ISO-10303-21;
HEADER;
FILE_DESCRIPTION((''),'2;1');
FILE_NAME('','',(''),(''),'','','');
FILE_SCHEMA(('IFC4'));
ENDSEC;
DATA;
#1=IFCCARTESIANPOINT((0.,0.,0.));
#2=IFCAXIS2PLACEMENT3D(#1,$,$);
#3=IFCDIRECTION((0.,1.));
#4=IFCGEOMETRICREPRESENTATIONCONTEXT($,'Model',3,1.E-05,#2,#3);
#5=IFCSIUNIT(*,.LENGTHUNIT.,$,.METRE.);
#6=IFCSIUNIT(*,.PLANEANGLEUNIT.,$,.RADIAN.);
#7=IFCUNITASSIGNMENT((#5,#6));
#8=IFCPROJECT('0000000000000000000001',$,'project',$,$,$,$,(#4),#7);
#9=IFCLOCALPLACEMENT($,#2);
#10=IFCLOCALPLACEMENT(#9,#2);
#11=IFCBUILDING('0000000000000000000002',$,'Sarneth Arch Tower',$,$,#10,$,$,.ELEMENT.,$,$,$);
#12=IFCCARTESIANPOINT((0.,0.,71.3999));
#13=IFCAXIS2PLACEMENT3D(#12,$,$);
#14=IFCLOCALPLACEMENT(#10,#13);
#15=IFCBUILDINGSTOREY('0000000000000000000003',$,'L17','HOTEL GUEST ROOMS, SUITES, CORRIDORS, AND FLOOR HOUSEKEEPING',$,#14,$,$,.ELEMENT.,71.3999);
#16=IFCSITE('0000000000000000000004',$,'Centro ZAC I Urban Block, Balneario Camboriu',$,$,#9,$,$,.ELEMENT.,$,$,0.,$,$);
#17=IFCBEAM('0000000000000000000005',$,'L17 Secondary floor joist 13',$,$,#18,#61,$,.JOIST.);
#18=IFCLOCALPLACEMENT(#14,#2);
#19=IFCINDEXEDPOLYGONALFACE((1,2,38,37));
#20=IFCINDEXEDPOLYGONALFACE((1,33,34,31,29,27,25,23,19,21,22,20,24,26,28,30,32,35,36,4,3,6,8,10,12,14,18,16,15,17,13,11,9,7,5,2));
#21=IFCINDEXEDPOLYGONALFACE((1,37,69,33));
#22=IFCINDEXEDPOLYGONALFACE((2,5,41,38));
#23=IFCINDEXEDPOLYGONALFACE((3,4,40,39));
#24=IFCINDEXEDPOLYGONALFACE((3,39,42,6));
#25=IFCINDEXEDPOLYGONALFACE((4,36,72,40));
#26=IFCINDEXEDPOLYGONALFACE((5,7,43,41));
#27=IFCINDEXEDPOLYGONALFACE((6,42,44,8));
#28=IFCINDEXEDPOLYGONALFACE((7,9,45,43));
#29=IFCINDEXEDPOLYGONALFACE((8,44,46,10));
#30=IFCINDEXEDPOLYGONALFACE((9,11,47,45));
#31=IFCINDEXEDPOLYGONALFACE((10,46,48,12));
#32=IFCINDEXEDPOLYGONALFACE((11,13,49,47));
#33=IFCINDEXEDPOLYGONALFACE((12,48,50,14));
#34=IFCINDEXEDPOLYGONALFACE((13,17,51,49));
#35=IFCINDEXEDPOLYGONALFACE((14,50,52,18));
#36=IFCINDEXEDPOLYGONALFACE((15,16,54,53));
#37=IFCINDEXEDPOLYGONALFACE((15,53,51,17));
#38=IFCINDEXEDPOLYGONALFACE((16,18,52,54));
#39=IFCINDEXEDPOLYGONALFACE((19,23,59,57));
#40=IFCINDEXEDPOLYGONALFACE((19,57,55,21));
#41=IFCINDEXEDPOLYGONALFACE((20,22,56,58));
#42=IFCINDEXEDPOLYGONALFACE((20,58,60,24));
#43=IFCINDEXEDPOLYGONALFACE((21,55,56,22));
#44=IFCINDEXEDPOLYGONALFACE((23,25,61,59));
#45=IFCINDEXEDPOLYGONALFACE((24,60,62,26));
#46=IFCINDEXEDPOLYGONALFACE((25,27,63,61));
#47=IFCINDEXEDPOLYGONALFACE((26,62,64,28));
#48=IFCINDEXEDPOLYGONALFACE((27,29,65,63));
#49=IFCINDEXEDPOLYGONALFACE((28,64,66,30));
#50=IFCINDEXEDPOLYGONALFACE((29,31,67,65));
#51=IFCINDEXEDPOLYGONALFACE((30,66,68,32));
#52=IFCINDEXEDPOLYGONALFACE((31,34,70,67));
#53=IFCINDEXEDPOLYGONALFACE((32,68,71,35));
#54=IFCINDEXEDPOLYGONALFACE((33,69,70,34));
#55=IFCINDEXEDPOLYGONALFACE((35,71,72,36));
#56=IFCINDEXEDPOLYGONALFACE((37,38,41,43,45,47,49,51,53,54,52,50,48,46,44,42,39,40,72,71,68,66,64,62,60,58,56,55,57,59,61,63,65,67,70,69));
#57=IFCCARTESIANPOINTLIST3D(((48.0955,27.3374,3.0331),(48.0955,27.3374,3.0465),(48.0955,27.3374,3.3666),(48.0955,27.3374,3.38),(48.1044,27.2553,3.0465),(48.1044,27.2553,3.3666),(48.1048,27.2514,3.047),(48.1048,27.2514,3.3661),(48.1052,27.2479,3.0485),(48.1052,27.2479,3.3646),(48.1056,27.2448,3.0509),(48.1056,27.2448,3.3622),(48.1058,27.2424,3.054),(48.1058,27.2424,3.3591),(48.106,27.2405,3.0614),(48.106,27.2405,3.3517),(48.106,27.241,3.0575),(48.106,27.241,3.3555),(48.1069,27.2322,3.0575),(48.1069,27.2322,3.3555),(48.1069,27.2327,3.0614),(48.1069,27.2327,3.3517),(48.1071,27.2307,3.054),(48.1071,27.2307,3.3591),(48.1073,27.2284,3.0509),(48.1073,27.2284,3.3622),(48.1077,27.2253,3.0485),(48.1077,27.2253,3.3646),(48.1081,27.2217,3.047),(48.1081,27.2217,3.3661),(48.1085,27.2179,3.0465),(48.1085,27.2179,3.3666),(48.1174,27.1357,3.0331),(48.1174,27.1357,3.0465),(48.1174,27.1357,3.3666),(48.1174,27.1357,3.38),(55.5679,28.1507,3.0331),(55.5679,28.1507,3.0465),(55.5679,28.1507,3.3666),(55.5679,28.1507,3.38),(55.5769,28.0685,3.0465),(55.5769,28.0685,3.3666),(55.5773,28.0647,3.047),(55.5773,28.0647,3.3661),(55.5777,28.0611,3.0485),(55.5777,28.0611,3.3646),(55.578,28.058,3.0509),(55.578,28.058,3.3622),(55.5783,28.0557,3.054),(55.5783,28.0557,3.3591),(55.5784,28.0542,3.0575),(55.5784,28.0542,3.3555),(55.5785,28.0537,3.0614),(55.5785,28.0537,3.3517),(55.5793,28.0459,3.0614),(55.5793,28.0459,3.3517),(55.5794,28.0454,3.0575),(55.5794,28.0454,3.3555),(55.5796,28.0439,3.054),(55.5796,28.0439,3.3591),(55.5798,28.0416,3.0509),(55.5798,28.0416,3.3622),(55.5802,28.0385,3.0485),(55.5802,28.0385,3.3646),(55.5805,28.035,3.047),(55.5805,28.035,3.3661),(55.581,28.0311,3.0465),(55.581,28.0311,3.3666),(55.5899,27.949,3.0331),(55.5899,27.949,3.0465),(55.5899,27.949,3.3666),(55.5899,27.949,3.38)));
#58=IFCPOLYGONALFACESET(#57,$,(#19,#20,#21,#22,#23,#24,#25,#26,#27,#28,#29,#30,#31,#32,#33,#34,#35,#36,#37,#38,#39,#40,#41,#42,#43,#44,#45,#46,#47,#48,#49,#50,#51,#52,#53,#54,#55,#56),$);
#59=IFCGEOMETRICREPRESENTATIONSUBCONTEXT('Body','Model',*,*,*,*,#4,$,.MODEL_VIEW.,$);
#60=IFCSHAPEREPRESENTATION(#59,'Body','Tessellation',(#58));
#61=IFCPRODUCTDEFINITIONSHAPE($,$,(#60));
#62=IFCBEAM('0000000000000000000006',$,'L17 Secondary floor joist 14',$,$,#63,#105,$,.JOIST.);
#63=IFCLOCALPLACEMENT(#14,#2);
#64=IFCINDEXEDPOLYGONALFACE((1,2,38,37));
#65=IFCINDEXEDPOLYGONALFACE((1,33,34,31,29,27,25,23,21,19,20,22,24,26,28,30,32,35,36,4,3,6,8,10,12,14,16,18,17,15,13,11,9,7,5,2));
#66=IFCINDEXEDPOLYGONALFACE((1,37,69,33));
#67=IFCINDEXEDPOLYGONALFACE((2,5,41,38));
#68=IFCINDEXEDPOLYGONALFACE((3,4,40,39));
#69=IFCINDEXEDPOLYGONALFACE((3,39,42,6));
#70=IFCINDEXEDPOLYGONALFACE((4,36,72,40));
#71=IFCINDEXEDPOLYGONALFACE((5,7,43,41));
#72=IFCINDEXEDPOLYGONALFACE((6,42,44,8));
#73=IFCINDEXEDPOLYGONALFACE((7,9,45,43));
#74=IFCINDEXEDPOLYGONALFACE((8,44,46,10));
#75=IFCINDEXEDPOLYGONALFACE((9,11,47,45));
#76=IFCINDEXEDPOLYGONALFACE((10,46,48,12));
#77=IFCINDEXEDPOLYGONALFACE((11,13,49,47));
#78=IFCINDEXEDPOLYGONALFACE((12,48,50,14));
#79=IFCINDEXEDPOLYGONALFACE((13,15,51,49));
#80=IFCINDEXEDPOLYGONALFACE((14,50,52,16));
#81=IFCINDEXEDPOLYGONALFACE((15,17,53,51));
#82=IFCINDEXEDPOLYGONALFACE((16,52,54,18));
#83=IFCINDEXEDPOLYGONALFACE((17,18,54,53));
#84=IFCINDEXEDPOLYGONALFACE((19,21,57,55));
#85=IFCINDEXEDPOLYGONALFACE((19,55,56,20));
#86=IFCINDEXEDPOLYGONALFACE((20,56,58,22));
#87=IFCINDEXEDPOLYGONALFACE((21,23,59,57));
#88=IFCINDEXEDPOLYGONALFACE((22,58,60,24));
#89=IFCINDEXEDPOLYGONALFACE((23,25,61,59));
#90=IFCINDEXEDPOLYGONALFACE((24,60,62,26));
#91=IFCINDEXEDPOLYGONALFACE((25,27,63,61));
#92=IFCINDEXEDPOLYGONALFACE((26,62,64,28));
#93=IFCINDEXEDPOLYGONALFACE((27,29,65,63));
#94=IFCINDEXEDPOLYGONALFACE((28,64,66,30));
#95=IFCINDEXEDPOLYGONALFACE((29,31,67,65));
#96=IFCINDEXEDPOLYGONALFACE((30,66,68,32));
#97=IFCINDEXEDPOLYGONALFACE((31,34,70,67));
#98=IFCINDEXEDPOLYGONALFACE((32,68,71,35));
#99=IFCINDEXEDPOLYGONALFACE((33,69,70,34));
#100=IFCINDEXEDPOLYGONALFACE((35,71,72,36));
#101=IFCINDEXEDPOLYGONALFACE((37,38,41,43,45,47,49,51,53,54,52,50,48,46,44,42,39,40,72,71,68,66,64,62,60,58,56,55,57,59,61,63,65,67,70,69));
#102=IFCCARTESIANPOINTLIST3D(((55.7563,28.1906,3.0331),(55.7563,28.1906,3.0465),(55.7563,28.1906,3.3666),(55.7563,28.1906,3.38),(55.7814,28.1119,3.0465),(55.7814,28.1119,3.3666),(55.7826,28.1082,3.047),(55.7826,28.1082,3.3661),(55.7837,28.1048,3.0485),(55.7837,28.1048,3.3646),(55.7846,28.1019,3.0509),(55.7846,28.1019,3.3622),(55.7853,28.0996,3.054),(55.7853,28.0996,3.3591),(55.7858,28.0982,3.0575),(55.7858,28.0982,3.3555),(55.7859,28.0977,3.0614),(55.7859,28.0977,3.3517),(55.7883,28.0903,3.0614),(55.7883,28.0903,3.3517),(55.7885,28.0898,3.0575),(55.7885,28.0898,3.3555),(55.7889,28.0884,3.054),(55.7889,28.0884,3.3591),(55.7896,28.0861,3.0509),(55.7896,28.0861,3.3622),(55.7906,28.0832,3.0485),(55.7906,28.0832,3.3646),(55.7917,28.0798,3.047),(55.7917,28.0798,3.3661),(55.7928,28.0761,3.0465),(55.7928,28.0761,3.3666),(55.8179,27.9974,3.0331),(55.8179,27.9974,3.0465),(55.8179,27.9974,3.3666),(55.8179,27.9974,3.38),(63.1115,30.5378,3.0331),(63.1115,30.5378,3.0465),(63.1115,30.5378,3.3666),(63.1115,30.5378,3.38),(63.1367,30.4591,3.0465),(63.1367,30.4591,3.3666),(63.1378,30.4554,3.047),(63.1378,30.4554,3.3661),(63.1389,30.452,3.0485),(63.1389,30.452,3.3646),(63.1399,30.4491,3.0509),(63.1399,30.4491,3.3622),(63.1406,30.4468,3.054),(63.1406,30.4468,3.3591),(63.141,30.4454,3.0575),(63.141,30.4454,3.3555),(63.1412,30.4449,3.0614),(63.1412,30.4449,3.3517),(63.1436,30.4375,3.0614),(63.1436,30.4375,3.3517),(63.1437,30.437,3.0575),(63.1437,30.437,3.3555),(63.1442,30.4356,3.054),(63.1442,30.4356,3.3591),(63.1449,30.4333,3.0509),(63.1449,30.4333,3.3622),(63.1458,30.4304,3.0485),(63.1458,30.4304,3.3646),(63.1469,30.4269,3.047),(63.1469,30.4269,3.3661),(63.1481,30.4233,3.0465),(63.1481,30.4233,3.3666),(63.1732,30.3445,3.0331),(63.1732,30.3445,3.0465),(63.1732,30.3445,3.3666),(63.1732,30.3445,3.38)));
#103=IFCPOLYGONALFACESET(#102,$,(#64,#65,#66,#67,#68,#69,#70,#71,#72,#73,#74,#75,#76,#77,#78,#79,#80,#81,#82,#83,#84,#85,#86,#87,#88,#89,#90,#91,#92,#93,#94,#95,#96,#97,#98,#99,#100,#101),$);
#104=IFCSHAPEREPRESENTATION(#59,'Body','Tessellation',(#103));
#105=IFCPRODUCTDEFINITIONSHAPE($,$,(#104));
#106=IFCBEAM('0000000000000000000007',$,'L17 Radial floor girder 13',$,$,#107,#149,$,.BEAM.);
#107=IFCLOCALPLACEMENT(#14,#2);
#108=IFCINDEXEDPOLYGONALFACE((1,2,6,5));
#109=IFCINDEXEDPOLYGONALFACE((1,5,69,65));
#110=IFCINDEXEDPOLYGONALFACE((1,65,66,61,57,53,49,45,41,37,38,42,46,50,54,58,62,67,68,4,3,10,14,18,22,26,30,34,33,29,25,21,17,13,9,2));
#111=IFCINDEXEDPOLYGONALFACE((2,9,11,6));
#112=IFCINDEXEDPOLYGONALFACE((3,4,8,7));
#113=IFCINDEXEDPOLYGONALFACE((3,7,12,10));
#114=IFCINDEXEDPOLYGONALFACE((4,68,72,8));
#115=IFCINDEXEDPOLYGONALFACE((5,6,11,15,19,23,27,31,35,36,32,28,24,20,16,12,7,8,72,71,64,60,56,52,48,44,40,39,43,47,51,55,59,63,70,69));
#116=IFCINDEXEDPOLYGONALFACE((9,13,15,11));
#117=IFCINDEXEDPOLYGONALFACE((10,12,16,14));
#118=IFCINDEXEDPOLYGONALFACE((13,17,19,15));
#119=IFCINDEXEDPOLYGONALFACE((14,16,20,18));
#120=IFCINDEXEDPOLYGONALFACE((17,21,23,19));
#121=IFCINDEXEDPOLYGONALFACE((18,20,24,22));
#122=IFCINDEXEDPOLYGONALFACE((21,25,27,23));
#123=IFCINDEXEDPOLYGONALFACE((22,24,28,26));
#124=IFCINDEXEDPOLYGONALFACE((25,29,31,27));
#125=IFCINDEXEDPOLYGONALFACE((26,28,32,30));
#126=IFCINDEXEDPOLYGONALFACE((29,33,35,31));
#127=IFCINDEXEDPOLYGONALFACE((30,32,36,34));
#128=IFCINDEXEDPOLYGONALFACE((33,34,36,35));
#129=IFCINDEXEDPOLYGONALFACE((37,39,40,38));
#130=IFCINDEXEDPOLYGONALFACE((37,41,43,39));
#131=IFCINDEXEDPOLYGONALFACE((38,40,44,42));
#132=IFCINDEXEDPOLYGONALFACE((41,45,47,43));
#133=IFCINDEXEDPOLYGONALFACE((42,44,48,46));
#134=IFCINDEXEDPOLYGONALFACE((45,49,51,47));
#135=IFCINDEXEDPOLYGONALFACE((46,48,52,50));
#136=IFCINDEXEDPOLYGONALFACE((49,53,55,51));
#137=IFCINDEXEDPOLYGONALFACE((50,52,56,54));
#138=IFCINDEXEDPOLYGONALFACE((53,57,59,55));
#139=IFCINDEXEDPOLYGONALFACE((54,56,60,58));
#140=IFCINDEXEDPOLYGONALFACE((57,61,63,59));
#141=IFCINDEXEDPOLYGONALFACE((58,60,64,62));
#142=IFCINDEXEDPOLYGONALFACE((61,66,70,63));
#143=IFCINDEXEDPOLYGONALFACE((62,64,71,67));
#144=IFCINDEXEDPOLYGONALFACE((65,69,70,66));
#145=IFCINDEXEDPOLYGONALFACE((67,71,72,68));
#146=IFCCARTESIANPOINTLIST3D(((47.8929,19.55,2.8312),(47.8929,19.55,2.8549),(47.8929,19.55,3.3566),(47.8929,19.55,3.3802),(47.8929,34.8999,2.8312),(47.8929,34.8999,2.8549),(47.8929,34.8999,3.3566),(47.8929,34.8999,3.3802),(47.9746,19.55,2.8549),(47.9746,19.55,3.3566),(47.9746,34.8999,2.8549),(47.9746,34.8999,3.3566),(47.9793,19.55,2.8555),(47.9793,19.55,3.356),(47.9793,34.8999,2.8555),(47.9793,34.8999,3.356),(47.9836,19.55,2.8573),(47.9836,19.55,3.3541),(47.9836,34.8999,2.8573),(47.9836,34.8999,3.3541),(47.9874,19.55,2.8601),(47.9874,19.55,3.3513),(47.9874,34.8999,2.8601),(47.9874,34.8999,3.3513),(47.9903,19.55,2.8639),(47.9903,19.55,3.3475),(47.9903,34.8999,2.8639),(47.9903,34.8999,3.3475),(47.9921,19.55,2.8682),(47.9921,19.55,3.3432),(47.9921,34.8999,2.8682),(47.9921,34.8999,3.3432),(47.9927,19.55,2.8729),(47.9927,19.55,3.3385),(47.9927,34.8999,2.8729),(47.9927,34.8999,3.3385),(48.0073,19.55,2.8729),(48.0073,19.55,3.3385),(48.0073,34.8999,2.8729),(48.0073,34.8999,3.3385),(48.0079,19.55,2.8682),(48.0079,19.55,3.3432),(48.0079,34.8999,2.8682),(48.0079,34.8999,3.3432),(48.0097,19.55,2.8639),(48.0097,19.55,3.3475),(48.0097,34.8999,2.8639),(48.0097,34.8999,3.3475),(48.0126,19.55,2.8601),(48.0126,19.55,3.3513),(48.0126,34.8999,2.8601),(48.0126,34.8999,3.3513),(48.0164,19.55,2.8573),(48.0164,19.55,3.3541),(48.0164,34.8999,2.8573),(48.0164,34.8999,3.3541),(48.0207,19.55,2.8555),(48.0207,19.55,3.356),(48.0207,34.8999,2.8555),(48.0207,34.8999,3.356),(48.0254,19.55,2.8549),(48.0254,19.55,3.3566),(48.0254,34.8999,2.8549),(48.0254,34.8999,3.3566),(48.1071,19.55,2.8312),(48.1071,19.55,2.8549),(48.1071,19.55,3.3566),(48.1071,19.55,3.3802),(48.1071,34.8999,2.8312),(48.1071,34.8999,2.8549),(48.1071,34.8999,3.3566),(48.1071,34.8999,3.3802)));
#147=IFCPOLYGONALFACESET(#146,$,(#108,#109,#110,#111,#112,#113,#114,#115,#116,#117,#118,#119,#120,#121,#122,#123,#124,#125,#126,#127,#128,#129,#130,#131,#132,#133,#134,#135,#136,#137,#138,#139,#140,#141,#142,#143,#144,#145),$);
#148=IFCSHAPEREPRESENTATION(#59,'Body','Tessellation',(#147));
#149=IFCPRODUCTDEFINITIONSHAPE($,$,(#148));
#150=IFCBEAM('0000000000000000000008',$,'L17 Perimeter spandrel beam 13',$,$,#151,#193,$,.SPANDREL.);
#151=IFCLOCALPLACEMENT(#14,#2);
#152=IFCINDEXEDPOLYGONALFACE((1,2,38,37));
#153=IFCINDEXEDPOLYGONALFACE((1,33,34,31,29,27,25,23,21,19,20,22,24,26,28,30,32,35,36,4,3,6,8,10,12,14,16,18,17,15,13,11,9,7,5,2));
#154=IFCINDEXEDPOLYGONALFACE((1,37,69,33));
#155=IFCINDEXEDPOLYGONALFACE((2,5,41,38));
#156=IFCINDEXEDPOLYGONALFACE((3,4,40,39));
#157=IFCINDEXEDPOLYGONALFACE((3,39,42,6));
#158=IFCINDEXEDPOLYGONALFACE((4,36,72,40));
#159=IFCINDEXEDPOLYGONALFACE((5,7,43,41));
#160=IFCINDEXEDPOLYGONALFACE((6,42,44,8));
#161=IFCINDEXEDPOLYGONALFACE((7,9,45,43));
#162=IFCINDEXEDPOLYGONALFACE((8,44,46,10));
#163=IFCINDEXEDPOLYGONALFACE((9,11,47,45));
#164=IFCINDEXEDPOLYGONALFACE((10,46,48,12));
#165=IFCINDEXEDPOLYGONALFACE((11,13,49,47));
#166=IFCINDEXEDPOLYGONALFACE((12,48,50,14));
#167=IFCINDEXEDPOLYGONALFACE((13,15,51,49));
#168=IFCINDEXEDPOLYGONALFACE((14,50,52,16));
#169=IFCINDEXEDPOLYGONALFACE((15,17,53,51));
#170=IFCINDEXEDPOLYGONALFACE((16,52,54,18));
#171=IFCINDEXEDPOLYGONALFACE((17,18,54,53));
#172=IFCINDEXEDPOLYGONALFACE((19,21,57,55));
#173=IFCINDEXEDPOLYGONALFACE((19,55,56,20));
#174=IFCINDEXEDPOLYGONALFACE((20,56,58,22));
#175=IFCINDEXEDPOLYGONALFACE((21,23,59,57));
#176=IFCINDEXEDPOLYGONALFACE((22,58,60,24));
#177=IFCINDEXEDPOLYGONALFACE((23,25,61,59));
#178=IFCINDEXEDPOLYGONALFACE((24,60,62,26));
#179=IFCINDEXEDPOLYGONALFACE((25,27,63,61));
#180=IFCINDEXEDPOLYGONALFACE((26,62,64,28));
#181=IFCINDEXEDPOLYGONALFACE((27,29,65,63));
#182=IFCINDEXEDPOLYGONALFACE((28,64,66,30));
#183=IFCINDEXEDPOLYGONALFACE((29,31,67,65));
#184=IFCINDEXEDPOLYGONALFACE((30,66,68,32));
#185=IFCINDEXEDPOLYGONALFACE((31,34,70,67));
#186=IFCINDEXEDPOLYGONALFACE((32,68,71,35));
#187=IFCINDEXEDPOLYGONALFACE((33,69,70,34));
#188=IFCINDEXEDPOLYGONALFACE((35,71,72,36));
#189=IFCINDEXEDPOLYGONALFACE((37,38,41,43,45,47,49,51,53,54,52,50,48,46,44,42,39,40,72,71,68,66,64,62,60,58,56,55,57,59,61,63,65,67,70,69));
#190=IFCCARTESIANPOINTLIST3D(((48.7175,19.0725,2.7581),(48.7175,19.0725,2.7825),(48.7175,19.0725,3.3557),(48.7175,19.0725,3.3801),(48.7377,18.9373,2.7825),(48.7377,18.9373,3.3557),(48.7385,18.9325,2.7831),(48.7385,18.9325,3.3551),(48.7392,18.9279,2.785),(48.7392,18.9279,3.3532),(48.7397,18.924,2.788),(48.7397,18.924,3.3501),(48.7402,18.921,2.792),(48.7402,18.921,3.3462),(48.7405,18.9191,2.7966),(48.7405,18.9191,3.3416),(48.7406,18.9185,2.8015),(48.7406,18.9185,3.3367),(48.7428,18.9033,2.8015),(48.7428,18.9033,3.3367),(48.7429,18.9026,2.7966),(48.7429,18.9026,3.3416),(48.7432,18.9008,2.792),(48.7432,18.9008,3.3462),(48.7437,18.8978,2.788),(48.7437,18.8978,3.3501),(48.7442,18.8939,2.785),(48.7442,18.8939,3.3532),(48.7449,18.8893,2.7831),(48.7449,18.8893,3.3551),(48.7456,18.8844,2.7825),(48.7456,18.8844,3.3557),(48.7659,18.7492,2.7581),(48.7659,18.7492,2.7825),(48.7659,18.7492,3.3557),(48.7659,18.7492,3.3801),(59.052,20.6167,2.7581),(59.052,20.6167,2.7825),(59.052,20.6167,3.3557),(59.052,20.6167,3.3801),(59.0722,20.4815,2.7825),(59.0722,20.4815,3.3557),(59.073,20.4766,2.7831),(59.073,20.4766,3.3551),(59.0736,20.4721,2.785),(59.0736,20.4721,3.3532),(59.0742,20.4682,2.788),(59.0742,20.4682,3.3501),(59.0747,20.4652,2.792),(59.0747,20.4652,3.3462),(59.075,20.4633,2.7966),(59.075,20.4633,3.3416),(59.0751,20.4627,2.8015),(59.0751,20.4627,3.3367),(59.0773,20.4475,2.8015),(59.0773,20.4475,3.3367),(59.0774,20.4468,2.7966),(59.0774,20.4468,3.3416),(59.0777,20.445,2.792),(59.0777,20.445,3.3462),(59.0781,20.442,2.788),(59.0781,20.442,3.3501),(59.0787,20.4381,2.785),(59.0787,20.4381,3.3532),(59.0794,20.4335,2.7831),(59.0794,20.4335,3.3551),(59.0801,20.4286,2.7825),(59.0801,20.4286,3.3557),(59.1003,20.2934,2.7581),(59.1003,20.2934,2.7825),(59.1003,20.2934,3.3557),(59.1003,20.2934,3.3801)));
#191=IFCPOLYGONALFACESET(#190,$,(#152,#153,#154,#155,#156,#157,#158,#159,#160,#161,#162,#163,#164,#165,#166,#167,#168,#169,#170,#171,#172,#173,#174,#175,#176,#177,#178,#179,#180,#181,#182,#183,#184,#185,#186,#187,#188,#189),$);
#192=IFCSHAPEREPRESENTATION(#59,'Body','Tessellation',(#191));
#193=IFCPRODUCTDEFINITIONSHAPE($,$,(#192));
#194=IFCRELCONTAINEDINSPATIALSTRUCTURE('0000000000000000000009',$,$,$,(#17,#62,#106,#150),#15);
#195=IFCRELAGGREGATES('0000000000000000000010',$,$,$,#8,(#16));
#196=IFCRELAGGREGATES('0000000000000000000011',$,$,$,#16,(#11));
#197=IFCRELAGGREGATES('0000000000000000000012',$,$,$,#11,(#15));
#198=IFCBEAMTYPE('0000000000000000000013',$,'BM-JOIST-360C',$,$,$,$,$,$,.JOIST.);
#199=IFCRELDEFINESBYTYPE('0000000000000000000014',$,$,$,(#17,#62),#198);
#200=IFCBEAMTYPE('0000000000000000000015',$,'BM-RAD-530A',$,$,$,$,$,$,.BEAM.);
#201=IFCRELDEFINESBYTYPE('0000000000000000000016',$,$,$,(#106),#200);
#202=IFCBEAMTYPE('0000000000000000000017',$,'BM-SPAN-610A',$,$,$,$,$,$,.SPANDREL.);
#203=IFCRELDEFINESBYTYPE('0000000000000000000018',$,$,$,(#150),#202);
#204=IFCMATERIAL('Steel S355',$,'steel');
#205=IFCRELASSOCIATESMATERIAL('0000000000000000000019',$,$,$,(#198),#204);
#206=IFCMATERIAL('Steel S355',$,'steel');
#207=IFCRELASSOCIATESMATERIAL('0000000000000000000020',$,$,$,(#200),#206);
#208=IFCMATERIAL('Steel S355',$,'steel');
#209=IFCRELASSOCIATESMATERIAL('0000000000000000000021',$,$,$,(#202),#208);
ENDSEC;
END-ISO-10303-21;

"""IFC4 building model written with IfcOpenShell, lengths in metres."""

from ifc_helpers import new_model, si_unit, direction, frame, origin, origin_2d, place, context, subcontext, project, spatial, i_section, extrude, material, material_profile, profile_set, type_object, element, save


model = new_model("IFC4")

# Units and contexts
model_context = context("Model", 3, precision=1e-05, world=origin(), true_north=direction((0.0, 1.0)))
body_context = subcontext(model_context, "Body", "Model", "MODEL_VIEW")
ifc_project = project(units=[si_unit("LENGTHUNIT", "METRE"), si_unit("PLANEANGLEUNIT", "RADIAN")], contexts=[model_context])

# Site, building, storey
site_placement = place(None, origin())
site = spatial("IfcSite", under=ifc_project, at=site_placement, Name="Centro ZAC I Urban Block, Balneario Camboriu", CompositionType="ELEMENT", RefElevation=0.0)
building_placement = place(site_placement, origin())
building = spatial("IfcBuilding", under=site, at=building_placement, Name="Sarneth Arch Tower", CompositionType="ELEMENT")
storey_placement = place(building_placement, frame((0.0, 0.0, 71.3999)))
storey = spatial("IfcBuildingStorey", under=building, at=storey_placement, Name="L17", Description="HOTEL GUEST ROOMS, SUITES, CORRIDORS, AND FLOOR HOUSEKEEPING", CompositionType="ELEMENT", Elevation=71.3999)

# Beams
ifc_material_1 = material(Name="Steel S355", Category="steel")
ifc_material_profile_1 = material_profile(ifc_material_1, i_section(OverallWidth=0.2029, OverallDepth=0.3469, WebThickness=0.0078, FlangeThickness=0.0134, FilletRadius=0.0149, at=origin_2d()), Name="W360x64")
ifc_profile_set_1 = profile_set([ifc_material_profile_1], Name="Steel S355")
beam_type_1 = type_object("IfcBeamType", Name="BM-JOIST-360C", PredefinedType="JOIST", material=ifc_profile_set_1)
beam_1_placement = place(storey_placement, frame((48.1064, 27.2366, 3.2065), z_axis=(0.99413, 0.108192, 0.0), x_axis=(-0.108192, 0.99413, 0.0)))
element("IfcBeam", 1, at=beam_1_placement, inside=storey, type_object=beam_type_1, Name="L17 Secondary floor joist 13", PredefinedType="JOIST", context=body_context, shape_type="SweptSolid", body=[
    extrude(i_section(OverallWidth=0.2029, OverallDepth=0.3469, WebThickness=0.0078, FlangeThickness=0.0134, FilletRadius=0.0149, at=origin_2d()), origin(), (0.0, 0.0, 1.0), 7.5166),
])
beam_2_placement = place(storey_placement, frame((55.7871, 28.094, 3.2065), z_axis=(0.952668, 0.304011, 0.0), x_axis=(-0.304011, 0.952668, 0.0)))
element("IfcBeam", 2, at=beam_2_placement, inside=storey, type_object=beam_type_1, Name="L17 Secondary floor joist 14", PredefinedType="JOIST", context=body_context, shape_type="SweptSolid", body=[
    extrude(i_section(OverallWidth=0.2029, OverallDepth=0.3469, WebThickness=0.0078, FlangeThickness=0.0134, FilletRadius=0.0149, at=origin_2d()), origin(), (0.0, 0.0, 1.0), 7.7207),
])
ifc_material_2 = material(Name="Steel S355", Category="steel")
ifc_material_profile_2 = material_profile(ifc_material_2, i_section(OverallWidth=0.2141, OverallDepth=0.5491, WebThickness=0.0146, FlangeThickness=0.0237, FilletRadius=0.0181, at=origin_2d()), Name="W530x138")
ifc_profile_set_2 = profile_set([ifc_material_profile_2], Name="Steel S355")
beam_type_2 = type_object("IfcBeamType", Name="BM-RAD-530A", PredefinedType="BEAM", material=ifc_profile_set_2)
beam_3_placement = place(storey_placement, frame((48.0, 34.8999, 3.1057), z_axis=(0.0, -1.0, 0.0), x_axis=(1.0, 0.0, 0.0)))
element("IfcBeam", 3, at=beam_3_placement, inside=storey, type_object=beam_type_2, Name="L17 Radial floor girder 13", PredefinedType="BEAM", context=body_context, shape_type="SweptSolid", body=[
    extrude(i_section(OverallWidth=0.2141, OverallDepth=0.5491, WebThickness=0.0146, FlangeThickness=0.0237, FilletRadius=0.0181, at=origin_2d()), origin(), (0.0, 0.0, 1.0), 15.3499),
])
ifc_material_3 = material(Name="Steel S355", Category="steel")
ifc_material_profile_3 = material_profile(ifc_material_3, i_section(OverallWidth=0.3269, OverallDepth=0.6221, WebThickness=0.0154, FlangeThickness=0.0244, FilletRadius=0.019, at=origin_2d()), Name="W610x195")
ifc_profile_set_3 = profile_set([ifc_material_profile_3], Name="Steel S355")
beam_type_3 = type_object("IfcBeamType", Name="BM-SPAN-610A", PredefinedType="SPANDREL", material=ifc_profile_set_3)
beam_4_placement = place(storey_placement, frame((48.7417, 18.9109, 3.0691), z_axis=(0.98902, 0.147781, 0.0), x_axis=(-0.147781, 0.98902, 0.0)))
element("IfcBeam", 4, at=beam_4_placement, inside=storey, type_object=beam_type_3, Name="L17 Perimeter spandrel beam 13", PredefinedType="SPANDREL", context=body_context, shape_type="SweptSolid", body=[
    extrude(i_section(OverallWidth=0.3269, OverallDepth=0.6221, WebThickness=0.0154, FlangeThickness=0.0244, FilletRadius=0.019, at=origin_2d()), origin(), (0.0, 0.0, 1.0), 10.4492),
])

save(model, "model.ifc")
